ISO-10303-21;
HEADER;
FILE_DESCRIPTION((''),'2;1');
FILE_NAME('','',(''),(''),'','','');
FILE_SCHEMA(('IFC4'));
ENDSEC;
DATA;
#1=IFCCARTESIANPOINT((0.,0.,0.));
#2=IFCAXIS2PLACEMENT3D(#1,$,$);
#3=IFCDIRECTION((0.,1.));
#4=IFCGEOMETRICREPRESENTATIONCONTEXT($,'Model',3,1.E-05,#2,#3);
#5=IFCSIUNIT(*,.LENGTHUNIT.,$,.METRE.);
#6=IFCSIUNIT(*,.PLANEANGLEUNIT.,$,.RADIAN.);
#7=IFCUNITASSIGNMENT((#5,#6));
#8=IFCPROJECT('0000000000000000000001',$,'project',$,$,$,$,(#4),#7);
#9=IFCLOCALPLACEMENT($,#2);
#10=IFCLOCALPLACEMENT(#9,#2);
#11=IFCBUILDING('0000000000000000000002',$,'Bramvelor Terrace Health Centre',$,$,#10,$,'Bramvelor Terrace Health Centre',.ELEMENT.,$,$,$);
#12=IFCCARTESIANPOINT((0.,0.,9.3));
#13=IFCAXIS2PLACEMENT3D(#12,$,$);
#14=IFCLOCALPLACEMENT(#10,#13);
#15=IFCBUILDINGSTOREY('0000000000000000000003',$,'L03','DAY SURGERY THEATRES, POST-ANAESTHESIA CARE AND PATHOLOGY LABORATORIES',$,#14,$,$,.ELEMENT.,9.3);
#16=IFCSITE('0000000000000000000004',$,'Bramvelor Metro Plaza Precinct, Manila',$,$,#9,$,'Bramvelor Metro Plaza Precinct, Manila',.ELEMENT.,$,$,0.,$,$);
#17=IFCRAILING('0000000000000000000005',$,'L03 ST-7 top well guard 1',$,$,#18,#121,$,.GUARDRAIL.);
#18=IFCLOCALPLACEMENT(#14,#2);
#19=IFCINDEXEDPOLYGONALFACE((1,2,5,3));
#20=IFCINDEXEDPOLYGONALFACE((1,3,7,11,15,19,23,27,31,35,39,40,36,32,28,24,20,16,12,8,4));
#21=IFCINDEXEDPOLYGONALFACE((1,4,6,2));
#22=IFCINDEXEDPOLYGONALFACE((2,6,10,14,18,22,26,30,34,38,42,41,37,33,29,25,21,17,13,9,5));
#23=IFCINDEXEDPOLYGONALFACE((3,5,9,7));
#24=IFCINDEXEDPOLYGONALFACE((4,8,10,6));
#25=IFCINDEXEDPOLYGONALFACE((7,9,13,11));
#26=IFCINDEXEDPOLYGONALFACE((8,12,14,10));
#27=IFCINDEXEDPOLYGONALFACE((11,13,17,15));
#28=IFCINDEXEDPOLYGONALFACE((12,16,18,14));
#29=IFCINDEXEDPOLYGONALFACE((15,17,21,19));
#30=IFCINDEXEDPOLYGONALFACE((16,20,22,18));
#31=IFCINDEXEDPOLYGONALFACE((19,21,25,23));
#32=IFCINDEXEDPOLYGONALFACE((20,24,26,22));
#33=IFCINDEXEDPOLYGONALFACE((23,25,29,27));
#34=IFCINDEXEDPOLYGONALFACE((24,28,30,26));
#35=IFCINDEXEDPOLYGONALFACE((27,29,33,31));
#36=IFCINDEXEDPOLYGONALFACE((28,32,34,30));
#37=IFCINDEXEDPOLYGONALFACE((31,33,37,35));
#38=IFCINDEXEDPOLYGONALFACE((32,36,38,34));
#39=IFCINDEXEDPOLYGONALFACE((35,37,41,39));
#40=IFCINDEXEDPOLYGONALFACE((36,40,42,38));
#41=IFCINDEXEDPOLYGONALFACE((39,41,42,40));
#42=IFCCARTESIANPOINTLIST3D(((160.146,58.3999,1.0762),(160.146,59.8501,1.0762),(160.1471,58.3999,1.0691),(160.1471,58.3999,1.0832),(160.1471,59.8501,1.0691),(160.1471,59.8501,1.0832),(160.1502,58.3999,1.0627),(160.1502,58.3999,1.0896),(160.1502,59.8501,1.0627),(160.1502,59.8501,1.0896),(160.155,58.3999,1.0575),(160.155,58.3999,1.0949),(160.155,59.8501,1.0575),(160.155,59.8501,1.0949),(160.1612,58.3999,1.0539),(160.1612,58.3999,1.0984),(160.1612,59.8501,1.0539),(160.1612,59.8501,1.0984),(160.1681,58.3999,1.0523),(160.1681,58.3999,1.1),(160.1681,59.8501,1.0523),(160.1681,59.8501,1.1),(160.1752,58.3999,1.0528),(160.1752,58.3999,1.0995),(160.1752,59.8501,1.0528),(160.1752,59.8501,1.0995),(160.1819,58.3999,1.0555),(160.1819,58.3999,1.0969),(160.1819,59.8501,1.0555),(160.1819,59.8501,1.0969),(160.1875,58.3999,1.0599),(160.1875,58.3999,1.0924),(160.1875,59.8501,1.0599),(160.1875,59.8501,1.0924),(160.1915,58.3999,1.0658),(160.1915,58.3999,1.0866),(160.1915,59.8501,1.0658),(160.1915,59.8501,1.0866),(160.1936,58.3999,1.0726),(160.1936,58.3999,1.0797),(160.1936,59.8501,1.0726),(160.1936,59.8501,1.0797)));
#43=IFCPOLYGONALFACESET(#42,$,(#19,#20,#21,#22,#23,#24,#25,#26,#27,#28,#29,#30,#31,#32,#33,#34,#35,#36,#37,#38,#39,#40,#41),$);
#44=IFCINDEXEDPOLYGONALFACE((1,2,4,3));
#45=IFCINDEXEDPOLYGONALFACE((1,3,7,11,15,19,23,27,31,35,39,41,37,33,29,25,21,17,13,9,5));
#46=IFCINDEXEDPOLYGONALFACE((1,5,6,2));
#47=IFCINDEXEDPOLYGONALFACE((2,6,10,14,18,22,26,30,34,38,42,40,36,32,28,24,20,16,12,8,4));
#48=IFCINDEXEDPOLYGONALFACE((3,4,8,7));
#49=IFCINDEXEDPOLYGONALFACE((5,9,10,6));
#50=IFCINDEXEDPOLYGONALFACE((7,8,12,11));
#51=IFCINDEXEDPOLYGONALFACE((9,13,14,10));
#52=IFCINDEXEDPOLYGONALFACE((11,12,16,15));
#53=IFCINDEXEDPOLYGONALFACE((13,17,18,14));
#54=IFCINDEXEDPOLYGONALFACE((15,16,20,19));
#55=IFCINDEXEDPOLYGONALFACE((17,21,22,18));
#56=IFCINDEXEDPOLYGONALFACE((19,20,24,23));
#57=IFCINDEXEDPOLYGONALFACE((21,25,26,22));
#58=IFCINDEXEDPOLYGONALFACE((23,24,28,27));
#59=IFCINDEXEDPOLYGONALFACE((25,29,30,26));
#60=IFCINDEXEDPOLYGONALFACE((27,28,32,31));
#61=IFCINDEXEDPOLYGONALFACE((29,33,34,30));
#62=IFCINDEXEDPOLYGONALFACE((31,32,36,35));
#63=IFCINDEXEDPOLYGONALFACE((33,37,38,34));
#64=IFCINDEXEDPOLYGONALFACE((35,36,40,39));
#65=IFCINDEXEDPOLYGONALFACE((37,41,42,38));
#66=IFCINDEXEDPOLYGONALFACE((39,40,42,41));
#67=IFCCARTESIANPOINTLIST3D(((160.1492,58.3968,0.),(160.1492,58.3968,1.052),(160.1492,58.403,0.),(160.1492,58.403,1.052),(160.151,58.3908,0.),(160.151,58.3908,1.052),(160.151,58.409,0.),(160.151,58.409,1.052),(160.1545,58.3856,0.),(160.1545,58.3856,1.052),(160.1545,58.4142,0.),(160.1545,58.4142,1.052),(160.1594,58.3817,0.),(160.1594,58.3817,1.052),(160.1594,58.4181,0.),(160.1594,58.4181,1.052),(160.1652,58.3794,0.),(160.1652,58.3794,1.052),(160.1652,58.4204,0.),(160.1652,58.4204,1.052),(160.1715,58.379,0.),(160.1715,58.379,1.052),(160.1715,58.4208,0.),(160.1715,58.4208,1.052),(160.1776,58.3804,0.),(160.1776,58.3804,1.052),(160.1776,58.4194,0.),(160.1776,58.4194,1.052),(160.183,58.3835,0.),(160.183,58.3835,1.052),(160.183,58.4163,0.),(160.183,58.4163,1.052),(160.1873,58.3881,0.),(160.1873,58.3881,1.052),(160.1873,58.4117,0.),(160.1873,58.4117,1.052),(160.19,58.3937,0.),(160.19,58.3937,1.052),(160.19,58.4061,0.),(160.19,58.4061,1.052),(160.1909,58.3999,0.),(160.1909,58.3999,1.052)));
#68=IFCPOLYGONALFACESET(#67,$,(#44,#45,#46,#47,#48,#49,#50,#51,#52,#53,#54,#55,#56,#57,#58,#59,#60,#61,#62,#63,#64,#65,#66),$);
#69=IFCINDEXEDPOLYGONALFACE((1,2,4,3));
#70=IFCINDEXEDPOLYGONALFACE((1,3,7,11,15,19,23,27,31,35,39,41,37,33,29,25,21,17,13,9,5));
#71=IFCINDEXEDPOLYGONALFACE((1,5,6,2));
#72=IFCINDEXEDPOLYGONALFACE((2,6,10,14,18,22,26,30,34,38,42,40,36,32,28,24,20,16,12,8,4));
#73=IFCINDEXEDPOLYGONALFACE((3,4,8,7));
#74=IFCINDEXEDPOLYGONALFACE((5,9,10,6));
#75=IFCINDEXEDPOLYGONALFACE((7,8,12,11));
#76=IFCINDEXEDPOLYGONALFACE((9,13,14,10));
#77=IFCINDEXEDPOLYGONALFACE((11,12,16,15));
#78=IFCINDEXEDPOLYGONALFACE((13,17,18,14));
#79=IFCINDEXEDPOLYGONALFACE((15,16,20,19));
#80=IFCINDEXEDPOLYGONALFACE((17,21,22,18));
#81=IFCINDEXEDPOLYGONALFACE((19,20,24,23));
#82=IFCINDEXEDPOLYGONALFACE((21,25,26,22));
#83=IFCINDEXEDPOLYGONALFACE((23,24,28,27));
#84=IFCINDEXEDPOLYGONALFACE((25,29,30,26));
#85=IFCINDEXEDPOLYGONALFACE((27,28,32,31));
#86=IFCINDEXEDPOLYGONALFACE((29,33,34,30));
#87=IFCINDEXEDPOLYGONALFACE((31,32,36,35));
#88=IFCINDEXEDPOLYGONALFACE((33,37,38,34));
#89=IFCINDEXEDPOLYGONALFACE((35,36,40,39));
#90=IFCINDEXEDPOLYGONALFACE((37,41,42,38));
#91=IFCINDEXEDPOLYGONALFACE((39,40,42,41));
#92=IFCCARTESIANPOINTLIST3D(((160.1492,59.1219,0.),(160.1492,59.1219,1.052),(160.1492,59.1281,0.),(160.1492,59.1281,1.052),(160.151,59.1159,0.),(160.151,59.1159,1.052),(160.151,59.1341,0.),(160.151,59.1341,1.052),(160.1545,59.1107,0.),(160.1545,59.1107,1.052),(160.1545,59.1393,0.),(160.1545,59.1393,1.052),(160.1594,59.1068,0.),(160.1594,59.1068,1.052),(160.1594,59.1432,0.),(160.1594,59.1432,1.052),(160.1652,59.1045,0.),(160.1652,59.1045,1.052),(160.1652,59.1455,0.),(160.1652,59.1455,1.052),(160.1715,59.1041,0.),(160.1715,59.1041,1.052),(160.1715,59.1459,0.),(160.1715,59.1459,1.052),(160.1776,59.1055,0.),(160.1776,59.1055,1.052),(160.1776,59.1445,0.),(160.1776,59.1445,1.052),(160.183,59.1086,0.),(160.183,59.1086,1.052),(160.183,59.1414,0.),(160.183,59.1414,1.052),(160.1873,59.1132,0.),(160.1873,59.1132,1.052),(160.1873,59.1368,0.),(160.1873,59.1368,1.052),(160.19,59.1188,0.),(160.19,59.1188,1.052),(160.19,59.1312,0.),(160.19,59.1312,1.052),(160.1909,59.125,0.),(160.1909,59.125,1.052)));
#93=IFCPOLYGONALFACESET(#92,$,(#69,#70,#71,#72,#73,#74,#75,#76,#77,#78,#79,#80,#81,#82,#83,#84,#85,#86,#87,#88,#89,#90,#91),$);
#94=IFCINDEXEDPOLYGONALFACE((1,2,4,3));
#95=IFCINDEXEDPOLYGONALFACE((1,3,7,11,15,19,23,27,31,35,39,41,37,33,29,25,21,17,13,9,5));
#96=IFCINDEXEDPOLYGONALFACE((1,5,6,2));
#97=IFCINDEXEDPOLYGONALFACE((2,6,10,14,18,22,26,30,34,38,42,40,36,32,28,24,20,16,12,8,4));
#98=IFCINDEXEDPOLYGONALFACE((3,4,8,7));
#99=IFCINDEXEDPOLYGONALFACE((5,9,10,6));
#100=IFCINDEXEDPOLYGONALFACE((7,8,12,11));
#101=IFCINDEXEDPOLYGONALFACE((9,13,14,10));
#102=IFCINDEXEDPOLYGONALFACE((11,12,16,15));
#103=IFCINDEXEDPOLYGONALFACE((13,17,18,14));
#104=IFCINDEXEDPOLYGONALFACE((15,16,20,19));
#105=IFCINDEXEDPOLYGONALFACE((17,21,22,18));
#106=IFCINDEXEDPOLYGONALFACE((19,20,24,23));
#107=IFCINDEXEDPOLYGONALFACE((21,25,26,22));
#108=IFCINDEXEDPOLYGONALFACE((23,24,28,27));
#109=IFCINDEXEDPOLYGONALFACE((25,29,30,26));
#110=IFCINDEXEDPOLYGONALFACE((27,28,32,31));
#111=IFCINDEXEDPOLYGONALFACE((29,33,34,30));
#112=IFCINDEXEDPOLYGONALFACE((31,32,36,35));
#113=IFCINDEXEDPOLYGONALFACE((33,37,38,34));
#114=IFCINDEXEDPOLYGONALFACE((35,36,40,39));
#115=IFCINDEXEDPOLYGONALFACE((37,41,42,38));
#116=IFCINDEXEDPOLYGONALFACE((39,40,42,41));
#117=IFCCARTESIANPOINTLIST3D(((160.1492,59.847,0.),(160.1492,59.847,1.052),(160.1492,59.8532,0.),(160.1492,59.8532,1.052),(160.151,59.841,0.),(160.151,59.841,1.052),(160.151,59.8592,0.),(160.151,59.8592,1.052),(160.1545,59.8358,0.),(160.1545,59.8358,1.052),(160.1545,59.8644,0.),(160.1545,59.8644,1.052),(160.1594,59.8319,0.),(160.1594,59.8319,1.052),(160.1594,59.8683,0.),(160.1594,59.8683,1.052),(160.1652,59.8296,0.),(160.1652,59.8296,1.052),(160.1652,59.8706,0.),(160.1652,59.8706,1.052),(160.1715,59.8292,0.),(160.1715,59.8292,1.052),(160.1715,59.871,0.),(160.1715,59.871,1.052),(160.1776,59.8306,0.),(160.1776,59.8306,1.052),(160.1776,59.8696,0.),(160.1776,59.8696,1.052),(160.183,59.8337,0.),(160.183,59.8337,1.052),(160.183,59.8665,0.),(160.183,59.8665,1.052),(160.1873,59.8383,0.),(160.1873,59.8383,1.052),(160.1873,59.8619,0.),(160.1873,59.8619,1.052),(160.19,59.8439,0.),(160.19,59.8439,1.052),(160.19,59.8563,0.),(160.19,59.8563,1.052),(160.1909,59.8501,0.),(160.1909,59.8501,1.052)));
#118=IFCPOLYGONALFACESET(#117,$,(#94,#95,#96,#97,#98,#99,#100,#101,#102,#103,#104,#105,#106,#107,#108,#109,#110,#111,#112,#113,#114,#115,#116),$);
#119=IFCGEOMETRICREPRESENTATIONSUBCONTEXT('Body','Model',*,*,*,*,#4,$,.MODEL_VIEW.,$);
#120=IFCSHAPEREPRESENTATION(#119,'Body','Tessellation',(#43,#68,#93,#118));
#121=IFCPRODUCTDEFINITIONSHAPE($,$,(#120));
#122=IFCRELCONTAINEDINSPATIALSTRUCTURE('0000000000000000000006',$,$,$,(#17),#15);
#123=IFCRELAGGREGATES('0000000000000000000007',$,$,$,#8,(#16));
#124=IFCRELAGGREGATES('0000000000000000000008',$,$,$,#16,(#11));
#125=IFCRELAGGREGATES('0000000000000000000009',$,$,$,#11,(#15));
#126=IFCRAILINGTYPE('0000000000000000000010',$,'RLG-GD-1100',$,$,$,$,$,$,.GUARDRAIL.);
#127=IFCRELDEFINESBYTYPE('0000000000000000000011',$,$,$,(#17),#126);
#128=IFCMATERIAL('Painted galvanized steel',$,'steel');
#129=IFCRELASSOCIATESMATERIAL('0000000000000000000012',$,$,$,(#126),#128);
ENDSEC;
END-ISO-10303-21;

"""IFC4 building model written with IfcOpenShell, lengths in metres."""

from ifc_helpers import new_model, si_unit, direction, frame, origin, origin_2d, place, context, subcontext, project, spatial, circle, extrude, material, type_object, element, save


model = new_model("IFC4")

# Units and contexts
model_context = context("Model", 3, precision=1e-05, world=origin(), true_north=direction((0.0, 1.0)))
body_context = subcontext(model_context, "Body", "Model", "MODEL_VIEW")
ifc_project = project(units=[si_unit("LENGTHUNIT", "METRE"), si_unit("PLANEANGLEUNIT", "RADIAN")], contexts=[model_context])

# Site, building, storey
site_placement = place(None, origin())
site = spatial("IfcSite", under=ifc_project, at=site_placement, Name="Bramvelor Metro Plaza Precinct, Manila", LongName="Bramvelor Metro Plaza Precinct, Manila", CompositionType="ELEMENT", RefElevation=0.0)
building_placement = place(site_placement, origin())
building = spatial("IfcBuilding", under=site, at=building_placement, Name="Bramvelor Terrace Health Centre", LongName="Bramvelor Terrace Health Centre", CompositionType="ELEMENT")
storey_placement = place(building_placement, frame((0.0, 0.0, 9.3)))
storey = spatial("IfcBuildingStorey", under=building, at=storey_placement, Name="L03", Description="DAY SURGERY THEATRES, POST-ANAESTHESIA CARE AND PATHOLOGY LABORATORIES", CompositionType="ELEMENT", Elevation=9.3)

# Railing
ifc_material_1 = material(Name="Painted galvanized steel", Category="steel")
railing_type = type_object("IfcRailingType", Name="RLG-GD-1100", PredefinedType="GUARDRAIL", material=ifc_material_1)
railing_placement = place(storey_placement, frame((160.1699, 58.3999, 0.0)))
element("IfcRailing", 1, at=railing_placement, inside=storey, type_object=railing_type, Name="L03 ST-7 top well guard 1", PredefinedType="GUARDRAIL", context=body_context, shape_type="SweptSolid", body=[
    extrude(circle(Radius=0.0239, at=origin_2d()), frame((0.0, 0.0, 1.0762), z_axis=(0.0, 1.0, 0.0), x_axis=(-1.0, 0.0, 0.0)), (0.0, 0.0, 1.0), 1.4502),
    extrude(circle(Radius=0.021, at=origin_2d()), origin(), (0.0, 0.0, 1.0), 1.052),
    extrude(circle(Radius=0.021, at=origin_2d()), frame((0.0, 0.7251, 0.0)), (0.0, 0.0, 1.0), 1.052),
    extrude(circle(Radius=0.021, at=origin_2d()), frame((0.0, 1.4502, 0.0)), (0.0, 0.0, 1.0), 1.052),
])

save(model, "model.ifc")
